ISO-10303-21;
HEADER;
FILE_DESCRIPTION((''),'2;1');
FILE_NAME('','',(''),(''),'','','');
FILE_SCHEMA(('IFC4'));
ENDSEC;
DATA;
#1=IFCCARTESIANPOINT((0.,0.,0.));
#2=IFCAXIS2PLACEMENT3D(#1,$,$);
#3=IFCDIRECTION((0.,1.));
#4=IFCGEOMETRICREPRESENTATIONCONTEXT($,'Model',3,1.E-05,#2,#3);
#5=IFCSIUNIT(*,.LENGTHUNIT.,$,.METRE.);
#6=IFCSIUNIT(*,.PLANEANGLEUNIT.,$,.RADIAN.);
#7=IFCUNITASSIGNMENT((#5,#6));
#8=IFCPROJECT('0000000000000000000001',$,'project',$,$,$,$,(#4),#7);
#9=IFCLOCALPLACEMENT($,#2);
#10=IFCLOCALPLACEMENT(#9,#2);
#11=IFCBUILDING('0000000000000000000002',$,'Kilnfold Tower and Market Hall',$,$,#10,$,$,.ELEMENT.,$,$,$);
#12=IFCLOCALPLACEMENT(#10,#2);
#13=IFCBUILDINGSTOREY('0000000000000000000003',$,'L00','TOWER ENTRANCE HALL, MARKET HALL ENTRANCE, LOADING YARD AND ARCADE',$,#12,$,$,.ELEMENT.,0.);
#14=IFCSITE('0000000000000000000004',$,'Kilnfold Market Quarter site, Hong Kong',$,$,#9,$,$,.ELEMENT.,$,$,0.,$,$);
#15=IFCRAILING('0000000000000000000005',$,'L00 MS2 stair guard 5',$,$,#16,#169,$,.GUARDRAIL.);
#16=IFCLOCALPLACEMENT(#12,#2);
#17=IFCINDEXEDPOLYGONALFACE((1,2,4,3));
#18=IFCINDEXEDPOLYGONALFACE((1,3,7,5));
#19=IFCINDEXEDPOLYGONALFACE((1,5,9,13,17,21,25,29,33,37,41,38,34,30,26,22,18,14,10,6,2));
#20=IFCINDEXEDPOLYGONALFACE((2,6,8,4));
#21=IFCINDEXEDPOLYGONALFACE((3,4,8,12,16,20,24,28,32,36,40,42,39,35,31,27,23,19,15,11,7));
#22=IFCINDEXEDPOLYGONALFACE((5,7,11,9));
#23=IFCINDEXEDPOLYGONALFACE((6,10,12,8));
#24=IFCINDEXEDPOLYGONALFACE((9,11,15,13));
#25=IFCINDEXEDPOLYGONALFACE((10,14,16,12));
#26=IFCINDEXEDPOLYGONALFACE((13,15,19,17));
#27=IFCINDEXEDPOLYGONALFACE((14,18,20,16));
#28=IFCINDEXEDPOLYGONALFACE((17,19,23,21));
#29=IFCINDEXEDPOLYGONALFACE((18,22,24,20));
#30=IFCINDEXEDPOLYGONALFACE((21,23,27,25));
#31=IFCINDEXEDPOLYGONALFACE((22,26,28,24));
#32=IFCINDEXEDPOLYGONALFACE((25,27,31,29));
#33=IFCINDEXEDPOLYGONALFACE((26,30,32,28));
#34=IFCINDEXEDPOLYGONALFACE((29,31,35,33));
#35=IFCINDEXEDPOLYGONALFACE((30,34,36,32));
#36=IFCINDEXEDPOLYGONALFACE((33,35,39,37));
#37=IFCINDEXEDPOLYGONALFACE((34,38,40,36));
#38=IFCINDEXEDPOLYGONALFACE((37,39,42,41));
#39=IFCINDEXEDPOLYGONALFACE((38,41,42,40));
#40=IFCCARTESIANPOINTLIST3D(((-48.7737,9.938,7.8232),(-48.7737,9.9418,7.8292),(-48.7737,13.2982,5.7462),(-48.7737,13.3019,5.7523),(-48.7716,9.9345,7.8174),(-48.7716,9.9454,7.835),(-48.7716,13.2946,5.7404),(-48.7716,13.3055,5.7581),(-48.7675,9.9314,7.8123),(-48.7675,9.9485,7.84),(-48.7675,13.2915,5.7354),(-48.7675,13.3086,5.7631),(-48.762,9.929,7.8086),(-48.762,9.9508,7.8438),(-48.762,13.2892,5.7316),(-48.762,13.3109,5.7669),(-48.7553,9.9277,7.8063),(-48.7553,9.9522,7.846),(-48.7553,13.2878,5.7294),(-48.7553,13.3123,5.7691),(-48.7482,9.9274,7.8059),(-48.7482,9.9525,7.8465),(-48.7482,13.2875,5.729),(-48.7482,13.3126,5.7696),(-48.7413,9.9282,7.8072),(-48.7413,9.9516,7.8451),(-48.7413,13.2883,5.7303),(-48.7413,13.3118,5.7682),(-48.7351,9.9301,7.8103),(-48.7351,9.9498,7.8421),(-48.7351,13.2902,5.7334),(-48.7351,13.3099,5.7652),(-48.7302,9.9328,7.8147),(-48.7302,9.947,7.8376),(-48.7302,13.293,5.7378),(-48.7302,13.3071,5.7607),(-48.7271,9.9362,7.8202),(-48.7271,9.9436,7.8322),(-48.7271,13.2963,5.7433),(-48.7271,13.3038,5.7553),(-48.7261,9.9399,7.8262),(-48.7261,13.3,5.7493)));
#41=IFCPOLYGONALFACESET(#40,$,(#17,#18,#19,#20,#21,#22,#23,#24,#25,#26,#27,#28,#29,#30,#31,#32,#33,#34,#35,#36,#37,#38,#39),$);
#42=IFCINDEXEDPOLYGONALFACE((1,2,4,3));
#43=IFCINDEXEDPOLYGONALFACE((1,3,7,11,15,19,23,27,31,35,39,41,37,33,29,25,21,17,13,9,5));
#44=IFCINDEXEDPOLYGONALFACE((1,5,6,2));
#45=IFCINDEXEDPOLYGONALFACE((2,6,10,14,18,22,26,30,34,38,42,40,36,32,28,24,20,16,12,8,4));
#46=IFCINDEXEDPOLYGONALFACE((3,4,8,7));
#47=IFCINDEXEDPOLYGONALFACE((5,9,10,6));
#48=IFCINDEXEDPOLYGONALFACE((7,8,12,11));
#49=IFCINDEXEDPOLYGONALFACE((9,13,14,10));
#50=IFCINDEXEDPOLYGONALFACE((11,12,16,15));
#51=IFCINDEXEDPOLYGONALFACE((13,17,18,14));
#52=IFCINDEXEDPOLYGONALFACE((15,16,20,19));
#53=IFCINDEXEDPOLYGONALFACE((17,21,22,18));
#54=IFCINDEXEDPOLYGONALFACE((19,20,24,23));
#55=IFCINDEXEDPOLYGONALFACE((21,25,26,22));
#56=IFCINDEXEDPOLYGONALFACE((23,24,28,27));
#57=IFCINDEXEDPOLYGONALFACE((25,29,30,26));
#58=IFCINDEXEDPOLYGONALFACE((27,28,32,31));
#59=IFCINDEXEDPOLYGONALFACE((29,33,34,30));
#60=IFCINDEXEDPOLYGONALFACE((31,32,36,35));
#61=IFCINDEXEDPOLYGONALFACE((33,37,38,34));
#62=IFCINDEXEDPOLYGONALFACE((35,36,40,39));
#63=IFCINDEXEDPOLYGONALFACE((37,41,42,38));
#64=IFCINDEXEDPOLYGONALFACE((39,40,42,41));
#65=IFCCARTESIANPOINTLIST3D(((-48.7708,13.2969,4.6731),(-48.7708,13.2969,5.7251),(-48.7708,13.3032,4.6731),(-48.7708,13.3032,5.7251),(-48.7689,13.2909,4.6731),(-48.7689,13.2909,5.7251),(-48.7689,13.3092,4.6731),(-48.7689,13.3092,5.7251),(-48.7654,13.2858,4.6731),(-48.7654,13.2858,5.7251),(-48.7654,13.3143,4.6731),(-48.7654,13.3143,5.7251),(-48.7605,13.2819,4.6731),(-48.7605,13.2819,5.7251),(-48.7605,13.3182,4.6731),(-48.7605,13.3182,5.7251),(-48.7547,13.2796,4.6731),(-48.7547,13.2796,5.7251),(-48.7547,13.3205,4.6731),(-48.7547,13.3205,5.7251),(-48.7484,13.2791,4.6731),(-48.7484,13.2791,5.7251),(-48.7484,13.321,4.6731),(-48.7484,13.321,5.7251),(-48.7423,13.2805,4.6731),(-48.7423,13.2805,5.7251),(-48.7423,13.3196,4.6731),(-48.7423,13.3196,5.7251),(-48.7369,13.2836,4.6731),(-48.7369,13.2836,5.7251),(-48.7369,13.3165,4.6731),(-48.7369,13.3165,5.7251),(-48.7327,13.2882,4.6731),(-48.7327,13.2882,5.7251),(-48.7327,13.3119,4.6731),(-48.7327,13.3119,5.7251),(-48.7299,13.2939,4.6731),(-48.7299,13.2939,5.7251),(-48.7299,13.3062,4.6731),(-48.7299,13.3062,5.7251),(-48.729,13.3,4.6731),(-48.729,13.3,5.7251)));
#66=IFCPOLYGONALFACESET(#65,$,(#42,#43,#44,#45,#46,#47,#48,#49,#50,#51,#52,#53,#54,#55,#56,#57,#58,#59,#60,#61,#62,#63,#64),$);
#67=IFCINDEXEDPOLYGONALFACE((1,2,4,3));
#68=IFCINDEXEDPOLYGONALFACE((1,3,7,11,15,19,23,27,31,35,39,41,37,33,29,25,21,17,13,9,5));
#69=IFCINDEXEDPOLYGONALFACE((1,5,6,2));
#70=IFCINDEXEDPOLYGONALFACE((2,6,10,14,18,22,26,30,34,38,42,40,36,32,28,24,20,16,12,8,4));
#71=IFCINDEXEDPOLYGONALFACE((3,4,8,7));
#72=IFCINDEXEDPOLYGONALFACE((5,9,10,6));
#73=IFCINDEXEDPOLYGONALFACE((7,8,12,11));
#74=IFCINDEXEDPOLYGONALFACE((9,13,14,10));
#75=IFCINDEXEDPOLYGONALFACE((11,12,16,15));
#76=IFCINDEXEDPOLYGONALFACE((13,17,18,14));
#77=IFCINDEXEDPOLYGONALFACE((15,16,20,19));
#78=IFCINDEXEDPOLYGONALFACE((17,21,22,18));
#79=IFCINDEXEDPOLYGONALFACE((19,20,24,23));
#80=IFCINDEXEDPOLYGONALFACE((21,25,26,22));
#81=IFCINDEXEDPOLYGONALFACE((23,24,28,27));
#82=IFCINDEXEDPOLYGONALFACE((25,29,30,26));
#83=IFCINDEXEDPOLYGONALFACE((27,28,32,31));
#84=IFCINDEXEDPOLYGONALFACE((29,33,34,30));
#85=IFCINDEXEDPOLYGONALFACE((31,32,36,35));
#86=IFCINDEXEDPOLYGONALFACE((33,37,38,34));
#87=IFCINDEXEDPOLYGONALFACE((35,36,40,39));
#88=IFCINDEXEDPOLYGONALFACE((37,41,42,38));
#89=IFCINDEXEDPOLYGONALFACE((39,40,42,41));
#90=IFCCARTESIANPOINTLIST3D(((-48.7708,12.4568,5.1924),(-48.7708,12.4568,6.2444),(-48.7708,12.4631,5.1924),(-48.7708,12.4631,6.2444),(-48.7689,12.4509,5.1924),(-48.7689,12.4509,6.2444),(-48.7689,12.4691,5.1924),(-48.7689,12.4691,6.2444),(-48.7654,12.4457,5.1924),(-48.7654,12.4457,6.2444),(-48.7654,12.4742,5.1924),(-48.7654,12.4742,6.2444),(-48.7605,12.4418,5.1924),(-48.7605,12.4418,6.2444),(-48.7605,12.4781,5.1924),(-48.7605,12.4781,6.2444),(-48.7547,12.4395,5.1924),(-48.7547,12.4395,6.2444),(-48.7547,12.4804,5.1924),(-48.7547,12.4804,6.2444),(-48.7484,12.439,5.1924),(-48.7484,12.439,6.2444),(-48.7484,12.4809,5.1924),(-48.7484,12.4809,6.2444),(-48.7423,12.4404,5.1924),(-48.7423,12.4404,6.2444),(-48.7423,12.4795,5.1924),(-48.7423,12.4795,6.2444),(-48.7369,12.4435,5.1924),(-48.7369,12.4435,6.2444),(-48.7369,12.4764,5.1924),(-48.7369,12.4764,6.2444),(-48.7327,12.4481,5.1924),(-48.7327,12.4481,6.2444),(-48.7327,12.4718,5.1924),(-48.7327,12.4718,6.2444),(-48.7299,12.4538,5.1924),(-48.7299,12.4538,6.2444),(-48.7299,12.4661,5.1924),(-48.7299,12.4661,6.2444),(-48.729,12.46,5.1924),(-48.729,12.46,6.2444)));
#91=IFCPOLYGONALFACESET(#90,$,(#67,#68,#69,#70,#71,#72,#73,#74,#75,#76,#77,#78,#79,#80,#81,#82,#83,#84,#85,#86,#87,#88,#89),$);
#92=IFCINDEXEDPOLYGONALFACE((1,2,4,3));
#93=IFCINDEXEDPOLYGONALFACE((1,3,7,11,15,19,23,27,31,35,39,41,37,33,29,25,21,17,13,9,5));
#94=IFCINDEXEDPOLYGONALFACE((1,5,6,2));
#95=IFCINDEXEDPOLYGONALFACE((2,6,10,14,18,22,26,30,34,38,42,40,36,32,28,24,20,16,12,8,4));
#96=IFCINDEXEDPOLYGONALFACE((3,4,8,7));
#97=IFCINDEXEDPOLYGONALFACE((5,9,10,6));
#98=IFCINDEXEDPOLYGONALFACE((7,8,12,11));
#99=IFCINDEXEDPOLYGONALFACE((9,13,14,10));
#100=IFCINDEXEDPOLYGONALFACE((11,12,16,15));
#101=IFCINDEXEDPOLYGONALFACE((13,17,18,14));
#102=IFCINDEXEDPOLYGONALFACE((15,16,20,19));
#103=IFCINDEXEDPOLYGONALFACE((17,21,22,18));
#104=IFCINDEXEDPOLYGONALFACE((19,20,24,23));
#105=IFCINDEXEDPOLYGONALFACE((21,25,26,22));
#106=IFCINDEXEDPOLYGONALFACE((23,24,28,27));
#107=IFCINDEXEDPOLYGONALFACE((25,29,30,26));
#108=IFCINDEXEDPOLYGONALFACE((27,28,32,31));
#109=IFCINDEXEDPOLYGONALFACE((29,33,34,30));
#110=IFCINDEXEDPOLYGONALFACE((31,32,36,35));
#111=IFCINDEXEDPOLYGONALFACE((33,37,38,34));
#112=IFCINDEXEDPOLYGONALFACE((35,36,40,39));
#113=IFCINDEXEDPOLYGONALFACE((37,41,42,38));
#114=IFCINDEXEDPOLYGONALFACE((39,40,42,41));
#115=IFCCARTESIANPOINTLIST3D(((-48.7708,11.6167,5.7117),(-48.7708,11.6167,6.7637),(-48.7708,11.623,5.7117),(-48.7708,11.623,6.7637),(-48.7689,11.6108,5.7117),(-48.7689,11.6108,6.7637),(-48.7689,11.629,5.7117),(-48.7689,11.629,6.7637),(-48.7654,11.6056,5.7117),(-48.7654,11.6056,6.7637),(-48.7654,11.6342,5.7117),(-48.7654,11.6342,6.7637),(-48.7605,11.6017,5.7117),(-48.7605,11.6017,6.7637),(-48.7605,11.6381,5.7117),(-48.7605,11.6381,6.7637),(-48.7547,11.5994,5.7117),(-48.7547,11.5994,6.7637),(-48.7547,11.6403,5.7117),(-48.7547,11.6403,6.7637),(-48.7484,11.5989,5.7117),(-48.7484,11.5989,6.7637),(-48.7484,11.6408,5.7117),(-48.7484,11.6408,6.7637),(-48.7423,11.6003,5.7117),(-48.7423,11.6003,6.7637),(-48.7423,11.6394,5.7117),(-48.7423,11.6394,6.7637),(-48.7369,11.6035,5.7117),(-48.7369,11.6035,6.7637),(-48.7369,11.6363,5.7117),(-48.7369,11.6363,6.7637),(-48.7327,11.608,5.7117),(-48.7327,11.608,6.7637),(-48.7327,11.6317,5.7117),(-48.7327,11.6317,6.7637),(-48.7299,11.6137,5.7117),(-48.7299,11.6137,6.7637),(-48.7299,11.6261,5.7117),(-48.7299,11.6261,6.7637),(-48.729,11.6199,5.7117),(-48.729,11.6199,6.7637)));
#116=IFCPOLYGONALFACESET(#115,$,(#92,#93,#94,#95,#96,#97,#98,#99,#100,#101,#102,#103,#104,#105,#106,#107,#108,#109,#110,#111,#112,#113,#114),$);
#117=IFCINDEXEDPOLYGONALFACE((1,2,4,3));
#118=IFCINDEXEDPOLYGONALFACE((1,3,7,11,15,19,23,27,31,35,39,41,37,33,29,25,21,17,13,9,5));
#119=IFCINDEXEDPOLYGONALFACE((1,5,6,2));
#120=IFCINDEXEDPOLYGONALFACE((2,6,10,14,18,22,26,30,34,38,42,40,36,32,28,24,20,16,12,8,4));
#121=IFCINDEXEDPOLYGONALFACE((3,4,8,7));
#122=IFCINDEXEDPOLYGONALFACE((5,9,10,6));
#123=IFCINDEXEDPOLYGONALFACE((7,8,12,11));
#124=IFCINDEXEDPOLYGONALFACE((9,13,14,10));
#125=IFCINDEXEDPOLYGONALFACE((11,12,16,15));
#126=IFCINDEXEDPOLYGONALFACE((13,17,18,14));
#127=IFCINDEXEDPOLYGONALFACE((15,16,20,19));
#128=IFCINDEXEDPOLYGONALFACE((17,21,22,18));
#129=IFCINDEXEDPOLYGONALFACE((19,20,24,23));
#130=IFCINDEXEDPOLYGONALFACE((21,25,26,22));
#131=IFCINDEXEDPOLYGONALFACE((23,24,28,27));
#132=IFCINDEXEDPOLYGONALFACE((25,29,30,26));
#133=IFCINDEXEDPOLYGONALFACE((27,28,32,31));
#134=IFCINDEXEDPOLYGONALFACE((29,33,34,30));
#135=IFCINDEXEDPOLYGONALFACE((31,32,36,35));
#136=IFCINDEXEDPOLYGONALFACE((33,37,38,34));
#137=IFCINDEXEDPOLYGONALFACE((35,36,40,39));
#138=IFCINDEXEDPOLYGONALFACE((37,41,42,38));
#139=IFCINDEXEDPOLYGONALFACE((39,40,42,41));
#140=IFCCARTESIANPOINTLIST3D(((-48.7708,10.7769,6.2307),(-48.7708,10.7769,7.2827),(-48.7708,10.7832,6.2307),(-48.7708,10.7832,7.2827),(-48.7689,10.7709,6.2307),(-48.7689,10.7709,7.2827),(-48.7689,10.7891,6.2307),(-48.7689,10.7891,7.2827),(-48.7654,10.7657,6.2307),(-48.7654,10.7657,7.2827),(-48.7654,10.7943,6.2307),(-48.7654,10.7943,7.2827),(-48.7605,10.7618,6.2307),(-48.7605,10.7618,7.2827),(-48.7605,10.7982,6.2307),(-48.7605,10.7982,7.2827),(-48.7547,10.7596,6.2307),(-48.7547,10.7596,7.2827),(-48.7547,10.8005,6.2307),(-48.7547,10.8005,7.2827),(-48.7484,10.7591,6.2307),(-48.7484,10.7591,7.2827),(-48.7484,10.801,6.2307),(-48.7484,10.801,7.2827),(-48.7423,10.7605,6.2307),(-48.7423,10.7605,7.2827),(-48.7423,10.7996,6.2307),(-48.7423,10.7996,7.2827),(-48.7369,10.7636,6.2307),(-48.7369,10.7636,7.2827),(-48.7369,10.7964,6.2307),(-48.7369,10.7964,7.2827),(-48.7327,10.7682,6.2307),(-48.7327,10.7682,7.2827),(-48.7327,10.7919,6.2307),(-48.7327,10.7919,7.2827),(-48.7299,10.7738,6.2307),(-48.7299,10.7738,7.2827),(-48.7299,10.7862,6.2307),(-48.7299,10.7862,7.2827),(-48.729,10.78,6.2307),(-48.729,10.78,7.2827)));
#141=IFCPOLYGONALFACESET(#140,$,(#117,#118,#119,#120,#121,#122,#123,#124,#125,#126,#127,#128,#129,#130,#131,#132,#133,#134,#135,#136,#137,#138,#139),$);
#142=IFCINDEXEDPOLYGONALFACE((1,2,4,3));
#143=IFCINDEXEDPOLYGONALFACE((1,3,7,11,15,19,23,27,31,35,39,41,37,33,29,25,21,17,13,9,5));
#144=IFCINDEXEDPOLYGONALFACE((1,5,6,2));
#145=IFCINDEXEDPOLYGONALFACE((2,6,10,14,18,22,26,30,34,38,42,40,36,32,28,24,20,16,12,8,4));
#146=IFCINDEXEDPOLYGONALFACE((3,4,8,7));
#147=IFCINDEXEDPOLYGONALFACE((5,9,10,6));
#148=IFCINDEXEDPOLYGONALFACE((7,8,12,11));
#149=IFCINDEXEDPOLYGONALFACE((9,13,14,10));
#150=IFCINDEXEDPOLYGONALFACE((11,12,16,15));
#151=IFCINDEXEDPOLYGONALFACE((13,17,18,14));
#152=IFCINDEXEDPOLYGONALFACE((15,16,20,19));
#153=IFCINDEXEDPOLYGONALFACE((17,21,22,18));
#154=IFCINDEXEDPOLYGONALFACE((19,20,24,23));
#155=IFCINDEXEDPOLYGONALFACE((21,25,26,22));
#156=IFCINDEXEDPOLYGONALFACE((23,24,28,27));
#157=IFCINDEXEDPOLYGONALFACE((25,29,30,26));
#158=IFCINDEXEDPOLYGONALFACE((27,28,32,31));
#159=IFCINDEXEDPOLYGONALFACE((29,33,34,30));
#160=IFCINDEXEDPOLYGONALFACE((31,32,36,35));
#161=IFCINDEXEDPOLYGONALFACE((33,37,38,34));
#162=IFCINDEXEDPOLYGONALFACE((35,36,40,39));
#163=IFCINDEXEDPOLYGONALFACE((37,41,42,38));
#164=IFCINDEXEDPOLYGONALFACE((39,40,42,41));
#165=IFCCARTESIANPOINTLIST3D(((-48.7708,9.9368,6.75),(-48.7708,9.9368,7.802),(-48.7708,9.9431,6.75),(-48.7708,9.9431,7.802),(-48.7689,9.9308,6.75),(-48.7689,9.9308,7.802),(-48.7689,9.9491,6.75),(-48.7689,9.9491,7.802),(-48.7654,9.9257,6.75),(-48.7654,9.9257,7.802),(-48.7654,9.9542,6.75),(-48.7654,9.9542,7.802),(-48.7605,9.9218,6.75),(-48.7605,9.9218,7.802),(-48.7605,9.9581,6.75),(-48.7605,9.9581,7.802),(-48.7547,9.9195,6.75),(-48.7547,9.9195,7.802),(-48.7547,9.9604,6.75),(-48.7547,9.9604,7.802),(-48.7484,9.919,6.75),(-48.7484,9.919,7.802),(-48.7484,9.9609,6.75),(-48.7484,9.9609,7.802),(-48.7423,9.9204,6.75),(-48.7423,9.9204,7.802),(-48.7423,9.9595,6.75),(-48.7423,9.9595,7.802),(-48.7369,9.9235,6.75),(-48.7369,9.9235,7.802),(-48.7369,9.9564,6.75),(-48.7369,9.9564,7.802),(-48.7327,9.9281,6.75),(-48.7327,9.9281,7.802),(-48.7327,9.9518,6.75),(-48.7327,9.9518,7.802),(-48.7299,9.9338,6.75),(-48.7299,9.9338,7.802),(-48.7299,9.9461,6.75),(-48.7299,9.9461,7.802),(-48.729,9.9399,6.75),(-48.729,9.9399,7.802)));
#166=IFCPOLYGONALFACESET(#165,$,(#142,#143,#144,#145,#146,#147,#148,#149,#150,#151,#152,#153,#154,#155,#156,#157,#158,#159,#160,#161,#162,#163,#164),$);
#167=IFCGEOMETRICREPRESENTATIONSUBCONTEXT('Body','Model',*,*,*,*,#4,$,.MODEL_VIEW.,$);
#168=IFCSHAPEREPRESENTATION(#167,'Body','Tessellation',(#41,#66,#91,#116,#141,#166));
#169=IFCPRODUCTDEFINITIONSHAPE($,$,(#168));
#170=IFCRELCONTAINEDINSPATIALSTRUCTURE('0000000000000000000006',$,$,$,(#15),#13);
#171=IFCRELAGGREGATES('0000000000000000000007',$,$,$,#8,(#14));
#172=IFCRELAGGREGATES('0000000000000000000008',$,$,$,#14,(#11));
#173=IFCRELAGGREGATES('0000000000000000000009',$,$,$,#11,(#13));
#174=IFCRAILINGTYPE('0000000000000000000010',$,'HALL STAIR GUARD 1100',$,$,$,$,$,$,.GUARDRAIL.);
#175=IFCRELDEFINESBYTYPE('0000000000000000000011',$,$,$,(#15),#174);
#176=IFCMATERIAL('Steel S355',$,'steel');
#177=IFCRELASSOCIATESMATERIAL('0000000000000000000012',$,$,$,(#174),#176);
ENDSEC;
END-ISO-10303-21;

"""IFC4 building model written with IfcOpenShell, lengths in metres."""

from ifc_helpers import new_model, si_unit, direction, frame, origin, origin_2d, place, context, subcontext, project, spatial, circle, extrude, material, type_object, element, save


model = new_model("IFC4")

# Units and contexts
model_context = context("Model", 3, precision=1e-05, world=origin(), true_north=direction((0.0, 1.0)))
body_context = subcontext(model_context, "Body", "Model", "MODEL_VIEW")
ifc_project = project(units=[si_unit("LENGTHUNIT", "METRE"), si_unit("PLANEANGLEUNIT", "RADIAN")], contexts=[model_context])

# Site, building, storey
site_placement = place(None, origin())
site = spatial("IfcSite", under=ifc_project, at=site_placement, Name="Kilnfold Market Quarter site, Hong Kong", CompositionType="ELEMENT", RefElevation=0.0)
building_placement = place(site_placement, origin())
building = spatial("IfcBuilding", under=site, at=building_placement, Name="Kilnfold Tower and Market Hall", CompositionType="ELEMENT")
storey_placement = place(building_placement, origin())
storey = spatial("IfcBuildingStorey", under=building, at=storey_placement, Name="L00", Description="TOWER ENTRANCE HALL, MARKET HALL ENTRANCE, LOADING YARD AND ARCADE", CompositionType="ELEMENT", Elevation=0.0)

# Railing
ifc_material_1 = material(Name="Steel S355", Category="steel")
railing_type_1 = type_object("IfcRailingType", Name="HALL STAIR GUARD 1100", PredefinedType="GUARDRAIL", material=ifc_material_1)
railing_1_placement = place(storey_placement, frame((-48.75, 13.3, 4.6731)))
element("IfcRailing", 1, at=railing_1_placement, inside=storey, type_object=railing_type_1, Name="L00 MS2 stair guard 5", PredefinedType="GUARDRAIL", context=body_context, shape_type="SweptSolid", body=[
    extrude(circle(Radius=0.0239, at=origin_2d()), frame((0.0, 0.0, 1.0762), z_axis=(0.0, -0.850623, 0.525776), x_axis=(1.0, 0.0, 0.0)), (0.0, 0.0, 1.0), 3.9502),
    extrude(circle(Radius=0.021, at=origin_2d()), origin(), (0.0, 0.0, 1.0), 1.052),
    extrude(circle(Radius=0.021, at=origin_2d()), frame((0.0, -0.8401, 0.5193)), (0.0, 0.0, 1.0), 1.052),
    extrude(circle(Radius=0.021, at=origin_2d()), frame((0.0, -1.6802, 1.0386)), (0.0, 0.0, 1.0), 1.052),
    extrude(circle(Radius=0.021, at=origin_2d()), frame((0.0, -2.52, 1.5576)), (0.0, 0.0, 1.0), 1.052),
    extrude(circle(Radius=0.021, at=origin_2d()), frame((0.0, -3.3601, 2.0769)), (0.0, 0.0, 1.0), 1.052),
])

save(model, "model.ifc")
